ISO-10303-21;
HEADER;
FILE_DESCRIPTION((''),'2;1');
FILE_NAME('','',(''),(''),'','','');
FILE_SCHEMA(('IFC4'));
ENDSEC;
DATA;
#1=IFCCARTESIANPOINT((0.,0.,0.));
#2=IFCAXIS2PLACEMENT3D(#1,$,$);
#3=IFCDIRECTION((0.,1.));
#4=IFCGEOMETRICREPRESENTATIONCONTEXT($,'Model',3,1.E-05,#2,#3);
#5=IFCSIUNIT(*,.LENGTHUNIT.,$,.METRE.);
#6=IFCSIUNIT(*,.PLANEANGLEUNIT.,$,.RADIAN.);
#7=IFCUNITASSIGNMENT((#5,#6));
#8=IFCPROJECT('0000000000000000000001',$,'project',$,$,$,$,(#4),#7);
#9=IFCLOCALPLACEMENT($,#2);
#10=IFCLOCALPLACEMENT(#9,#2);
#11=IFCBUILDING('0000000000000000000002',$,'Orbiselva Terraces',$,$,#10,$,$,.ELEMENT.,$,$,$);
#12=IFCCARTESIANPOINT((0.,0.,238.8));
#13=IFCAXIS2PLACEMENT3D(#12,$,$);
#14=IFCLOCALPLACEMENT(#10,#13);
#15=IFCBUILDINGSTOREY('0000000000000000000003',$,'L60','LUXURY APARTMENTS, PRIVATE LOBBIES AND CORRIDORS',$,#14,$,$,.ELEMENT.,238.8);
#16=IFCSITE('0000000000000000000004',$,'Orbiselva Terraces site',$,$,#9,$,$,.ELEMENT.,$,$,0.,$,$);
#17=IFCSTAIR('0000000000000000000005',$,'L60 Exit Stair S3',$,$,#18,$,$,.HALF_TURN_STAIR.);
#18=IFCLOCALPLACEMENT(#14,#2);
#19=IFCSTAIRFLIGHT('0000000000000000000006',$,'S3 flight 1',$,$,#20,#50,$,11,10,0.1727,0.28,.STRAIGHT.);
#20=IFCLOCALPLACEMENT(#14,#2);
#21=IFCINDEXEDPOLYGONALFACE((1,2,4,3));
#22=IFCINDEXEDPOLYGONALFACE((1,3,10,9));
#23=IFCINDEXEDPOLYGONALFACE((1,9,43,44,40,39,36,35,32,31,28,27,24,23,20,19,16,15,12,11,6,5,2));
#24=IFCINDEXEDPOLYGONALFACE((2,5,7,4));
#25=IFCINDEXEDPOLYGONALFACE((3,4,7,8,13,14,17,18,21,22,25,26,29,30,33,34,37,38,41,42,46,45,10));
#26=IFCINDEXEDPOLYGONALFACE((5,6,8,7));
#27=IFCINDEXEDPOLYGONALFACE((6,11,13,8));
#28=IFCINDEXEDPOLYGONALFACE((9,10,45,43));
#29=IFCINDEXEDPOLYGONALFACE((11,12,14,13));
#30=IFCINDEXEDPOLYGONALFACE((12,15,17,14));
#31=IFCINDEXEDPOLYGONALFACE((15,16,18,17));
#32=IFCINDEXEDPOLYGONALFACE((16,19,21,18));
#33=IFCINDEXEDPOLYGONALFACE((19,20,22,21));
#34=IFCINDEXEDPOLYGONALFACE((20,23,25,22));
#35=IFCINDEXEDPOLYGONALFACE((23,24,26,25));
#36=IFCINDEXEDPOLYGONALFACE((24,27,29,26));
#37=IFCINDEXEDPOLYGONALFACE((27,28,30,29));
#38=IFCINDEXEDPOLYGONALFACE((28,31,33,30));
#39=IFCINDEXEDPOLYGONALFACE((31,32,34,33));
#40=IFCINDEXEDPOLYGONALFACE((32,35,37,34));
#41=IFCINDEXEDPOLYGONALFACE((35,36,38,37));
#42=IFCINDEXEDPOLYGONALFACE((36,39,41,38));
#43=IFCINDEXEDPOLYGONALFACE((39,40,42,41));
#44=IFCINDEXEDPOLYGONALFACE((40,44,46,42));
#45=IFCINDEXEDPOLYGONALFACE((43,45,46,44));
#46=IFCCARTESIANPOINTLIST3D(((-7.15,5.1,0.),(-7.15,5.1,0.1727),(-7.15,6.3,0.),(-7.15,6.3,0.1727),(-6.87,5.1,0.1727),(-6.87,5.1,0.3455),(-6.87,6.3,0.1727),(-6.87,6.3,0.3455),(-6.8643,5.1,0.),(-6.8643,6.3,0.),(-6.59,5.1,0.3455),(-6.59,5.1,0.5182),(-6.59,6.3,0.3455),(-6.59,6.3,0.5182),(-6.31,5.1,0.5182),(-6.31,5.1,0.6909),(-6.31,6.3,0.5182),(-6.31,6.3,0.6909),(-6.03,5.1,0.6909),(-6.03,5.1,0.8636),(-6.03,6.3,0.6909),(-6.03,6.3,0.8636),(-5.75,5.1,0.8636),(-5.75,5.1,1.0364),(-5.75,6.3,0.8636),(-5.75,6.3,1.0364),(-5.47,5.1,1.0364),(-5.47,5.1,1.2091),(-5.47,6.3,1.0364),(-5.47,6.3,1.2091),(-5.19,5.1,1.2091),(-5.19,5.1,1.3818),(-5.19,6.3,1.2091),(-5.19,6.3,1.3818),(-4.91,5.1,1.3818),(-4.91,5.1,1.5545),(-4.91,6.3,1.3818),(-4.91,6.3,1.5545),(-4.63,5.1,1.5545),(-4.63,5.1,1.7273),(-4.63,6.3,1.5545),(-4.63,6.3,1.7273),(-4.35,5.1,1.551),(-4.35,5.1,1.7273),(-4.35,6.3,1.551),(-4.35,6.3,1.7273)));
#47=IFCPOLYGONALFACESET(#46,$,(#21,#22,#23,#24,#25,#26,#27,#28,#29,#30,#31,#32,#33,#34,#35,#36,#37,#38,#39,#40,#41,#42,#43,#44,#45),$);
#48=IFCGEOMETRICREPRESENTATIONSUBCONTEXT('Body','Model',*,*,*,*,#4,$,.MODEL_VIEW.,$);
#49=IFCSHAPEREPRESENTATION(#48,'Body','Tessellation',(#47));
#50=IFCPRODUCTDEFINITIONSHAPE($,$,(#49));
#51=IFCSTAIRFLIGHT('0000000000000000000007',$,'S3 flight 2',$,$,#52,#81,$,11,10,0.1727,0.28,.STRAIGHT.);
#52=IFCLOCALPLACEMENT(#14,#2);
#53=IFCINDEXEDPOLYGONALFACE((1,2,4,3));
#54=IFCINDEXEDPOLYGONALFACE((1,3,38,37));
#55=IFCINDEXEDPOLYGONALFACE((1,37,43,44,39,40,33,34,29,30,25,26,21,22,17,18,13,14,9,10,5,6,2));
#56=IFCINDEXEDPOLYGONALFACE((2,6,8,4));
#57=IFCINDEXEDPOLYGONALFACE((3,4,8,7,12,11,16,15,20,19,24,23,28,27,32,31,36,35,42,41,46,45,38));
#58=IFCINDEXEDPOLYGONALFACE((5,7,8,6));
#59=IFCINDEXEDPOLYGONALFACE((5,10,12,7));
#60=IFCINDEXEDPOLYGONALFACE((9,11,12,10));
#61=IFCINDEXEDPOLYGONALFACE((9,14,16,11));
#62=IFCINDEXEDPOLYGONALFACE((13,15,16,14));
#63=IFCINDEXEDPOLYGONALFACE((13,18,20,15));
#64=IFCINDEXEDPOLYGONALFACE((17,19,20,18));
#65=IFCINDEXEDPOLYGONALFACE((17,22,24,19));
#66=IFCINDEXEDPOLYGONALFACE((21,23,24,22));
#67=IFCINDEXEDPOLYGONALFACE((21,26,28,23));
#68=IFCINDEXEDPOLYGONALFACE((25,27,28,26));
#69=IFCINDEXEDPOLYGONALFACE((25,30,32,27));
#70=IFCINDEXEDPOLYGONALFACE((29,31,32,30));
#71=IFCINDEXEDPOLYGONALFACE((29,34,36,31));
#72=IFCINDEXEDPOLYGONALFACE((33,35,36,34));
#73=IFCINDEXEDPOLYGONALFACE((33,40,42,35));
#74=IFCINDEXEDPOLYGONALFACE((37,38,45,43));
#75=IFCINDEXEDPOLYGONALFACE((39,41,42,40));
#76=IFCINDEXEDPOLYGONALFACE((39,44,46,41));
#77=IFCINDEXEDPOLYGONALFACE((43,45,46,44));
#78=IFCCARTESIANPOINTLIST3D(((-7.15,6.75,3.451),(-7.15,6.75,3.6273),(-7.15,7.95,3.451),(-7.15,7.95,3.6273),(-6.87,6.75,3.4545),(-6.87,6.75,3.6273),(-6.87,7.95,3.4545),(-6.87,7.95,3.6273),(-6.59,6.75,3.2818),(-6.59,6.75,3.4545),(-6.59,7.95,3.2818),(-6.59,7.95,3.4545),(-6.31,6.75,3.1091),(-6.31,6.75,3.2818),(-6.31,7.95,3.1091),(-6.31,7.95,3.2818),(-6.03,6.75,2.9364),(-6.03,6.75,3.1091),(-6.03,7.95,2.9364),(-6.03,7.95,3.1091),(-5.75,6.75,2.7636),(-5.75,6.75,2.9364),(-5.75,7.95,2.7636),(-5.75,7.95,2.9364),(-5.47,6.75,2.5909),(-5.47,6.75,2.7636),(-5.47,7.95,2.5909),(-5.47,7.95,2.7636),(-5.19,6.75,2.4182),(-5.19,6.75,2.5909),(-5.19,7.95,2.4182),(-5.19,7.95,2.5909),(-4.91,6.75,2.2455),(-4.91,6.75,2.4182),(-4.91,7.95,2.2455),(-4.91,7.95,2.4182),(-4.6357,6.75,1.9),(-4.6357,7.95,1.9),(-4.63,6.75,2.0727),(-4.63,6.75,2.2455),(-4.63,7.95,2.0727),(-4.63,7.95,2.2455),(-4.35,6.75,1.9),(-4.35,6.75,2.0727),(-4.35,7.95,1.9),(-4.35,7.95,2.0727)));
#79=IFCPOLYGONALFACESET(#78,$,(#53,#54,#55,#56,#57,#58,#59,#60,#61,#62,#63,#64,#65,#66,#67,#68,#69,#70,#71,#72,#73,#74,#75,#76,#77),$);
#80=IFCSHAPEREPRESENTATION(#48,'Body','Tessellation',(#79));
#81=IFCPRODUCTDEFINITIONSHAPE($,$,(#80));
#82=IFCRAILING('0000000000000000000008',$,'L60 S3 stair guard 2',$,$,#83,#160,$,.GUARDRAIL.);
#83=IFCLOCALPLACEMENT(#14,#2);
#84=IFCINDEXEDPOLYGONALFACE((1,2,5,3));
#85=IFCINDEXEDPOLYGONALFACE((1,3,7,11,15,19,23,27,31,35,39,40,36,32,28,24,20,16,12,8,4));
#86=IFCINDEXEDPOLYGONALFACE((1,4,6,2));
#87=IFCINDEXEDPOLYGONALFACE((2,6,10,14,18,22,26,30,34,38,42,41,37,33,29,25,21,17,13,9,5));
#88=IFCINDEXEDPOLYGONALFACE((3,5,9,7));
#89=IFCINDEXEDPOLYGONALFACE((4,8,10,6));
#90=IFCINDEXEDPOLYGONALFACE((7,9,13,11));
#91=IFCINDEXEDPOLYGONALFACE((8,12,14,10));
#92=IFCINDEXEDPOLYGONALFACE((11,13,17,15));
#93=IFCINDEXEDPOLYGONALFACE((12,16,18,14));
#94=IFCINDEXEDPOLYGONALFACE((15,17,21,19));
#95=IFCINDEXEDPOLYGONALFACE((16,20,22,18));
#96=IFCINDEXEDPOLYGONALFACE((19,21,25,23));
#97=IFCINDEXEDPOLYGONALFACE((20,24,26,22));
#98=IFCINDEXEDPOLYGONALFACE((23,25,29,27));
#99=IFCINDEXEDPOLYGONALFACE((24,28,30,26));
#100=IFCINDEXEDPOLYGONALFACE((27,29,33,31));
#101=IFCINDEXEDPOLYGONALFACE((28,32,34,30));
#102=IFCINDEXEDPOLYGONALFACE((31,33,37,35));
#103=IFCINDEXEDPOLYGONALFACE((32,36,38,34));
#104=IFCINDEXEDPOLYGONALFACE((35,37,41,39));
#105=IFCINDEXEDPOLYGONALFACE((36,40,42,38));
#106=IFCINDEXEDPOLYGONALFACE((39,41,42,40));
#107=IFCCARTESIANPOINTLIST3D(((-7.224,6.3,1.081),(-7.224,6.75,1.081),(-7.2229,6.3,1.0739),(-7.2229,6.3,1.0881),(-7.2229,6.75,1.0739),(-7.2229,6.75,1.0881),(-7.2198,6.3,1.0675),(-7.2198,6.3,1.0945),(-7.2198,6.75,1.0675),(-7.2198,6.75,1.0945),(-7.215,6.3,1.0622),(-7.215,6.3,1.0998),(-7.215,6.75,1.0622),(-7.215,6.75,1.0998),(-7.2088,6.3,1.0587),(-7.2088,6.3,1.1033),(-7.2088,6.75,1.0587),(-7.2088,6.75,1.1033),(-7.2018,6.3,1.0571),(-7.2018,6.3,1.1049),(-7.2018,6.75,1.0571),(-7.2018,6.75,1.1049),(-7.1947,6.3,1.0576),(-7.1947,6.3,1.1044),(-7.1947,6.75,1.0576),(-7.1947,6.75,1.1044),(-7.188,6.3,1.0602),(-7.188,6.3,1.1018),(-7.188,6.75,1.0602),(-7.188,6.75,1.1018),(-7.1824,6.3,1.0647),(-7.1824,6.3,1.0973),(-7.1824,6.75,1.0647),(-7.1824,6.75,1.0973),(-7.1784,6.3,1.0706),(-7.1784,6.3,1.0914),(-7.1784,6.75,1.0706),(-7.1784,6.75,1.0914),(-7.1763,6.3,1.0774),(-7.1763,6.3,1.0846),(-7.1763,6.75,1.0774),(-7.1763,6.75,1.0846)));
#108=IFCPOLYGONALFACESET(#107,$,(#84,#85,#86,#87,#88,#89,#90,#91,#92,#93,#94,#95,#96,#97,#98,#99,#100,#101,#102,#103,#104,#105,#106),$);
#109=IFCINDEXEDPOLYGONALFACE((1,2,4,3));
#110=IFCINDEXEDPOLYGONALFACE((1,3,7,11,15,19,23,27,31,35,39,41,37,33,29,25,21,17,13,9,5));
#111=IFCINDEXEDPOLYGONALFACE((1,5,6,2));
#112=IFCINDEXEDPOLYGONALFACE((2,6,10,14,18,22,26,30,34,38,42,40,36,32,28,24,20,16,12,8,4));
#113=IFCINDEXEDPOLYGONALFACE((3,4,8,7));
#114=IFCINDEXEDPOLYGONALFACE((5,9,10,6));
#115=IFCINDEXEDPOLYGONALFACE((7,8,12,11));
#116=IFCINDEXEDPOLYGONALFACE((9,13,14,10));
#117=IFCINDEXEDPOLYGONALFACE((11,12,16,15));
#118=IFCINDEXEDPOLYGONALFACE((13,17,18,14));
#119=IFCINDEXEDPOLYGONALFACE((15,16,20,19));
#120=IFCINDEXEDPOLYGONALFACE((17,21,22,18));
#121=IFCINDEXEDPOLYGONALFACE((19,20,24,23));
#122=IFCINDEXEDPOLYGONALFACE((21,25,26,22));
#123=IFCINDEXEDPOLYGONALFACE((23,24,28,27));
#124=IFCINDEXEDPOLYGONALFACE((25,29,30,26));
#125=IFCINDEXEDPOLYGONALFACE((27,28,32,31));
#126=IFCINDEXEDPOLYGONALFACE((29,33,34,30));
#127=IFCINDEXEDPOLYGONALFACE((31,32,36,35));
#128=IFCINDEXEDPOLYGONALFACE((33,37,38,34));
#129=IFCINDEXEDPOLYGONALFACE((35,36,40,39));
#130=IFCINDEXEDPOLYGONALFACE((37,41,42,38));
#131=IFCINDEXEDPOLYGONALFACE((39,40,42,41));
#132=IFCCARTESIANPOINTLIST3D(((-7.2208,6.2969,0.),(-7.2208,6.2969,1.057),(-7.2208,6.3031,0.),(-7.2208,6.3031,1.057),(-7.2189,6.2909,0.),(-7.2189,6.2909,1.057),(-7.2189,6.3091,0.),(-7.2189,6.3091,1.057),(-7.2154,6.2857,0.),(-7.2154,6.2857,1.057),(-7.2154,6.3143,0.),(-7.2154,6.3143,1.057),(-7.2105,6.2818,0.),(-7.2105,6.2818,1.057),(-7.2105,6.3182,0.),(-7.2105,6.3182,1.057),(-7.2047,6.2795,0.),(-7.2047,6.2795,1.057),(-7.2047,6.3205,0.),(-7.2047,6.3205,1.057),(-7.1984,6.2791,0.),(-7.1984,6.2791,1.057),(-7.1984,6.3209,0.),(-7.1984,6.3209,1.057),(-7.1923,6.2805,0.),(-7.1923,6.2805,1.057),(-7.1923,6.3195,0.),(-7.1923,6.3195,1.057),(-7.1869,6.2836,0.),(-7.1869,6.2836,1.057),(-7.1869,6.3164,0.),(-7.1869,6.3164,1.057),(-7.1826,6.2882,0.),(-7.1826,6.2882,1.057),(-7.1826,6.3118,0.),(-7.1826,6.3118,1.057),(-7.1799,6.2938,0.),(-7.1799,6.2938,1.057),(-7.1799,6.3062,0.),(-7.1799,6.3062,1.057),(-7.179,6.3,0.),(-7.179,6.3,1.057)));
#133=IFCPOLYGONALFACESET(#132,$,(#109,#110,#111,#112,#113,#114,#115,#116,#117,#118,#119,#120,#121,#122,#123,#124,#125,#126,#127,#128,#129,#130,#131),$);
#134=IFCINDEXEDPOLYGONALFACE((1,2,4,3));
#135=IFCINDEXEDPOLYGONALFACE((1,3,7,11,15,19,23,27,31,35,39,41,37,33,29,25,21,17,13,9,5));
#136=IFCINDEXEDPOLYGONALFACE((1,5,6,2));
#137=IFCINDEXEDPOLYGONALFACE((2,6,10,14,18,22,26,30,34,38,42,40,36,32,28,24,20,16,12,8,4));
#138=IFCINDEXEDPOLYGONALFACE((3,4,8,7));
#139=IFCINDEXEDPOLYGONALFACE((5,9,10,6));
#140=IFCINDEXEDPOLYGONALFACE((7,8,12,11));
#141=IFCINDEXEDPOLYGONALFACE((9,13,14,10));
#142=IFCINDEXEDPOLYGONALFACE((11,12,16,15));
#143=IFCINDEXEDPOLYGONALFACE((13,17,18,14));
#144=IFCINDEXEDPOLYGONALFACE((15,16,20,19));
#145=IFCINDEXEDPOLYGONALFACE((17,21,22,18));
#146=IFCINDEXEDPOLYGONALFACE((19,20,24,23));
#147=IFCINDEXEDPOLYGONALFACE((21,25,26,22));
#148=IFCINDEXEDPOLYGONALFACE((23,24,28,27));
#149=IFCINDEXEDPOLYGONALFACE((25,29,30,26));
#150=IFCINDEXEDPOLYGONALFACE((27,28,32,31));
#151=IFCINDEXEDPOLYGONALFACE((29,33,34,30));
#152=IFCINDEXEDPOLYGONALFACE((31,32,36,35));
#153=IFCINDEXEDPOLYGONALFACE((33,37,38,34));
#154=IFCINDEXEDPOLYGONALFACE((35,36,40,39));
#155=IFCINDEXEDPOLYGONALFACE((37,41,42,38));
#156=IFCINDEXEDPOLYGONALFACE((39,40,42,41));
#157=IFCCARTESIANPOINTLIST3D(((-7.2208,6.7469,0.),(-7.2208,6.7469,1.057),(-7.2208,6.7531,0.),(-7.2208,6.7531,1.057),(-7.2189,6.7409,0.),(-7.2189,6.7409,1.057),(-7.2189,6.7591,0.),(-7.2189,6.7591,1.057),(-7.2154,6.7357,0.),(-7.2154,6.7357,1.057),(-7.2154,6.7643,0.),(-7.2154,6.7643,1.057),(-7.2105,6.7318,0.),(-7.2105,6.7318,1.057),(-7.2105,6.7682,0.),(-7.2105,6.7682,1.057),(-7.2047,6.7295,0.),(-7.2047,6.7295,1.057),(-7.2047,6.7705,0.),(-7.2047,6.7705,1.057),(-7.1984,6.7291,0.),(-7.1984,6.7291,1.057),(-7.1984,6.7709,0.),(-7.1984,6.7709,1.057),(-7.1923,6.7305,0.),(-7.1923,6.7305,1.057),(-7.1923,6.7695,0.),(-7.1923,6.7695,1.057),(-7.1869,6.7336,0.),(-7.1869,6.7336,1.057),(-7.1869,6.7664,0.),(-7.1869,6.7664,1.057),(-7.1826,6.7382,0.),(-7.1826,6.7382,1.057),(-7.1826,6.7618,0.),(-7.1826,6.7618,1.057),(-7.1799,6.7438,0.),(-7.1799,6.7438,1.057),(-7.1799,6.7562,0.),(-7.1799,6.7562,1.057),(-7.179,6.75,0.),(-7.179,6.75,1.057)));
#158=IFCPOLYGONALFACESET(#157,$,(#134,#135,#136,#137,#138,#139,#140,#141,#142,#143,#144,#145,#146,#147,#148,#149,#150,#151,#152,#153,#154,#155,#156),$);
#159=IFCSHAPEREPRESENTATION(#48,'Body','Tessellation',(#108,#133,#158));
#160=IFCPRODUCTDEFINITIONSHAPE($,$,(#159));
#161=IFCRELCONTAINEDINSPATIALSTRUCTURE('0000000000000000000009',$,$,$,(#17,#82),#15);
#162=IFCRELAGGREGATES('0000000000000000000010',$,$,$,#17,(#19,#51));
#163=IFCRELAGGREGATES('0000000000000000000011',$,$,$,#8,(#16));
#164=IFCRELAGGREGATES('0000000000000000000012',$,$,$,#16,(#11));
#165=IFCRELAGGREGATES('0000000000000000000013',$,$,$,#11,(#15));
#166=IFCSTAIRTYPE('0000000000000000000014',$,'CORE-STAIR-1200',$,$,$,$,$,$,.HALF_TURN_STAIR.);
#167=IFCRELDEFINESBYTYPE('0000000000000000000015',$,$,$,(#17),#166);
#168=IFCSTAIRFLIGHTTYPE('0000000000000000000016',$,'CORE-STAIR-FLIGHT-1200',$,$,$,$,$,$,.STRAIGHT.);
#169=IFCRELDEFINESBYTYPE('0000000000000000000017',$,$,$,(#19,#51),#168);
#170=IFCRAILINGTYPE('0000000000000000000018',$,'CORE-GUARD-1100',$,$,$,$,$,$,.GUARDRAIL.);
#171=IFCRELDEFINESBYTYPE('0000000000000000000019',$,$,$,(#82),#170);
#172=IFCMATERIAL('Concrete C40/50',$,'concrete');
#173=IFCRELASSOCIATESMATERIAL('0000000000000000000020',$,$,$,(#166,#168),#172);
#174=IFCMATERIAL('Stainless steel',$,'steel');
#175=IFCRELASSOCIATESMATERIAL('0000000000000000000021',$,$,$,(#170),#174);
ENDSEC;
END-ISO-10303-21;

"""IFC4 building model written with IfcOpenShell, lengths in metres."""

from ifc_helpers import new_model, si_unit, direction, frame, origin, origin_2d, place, context, subcontext, project, spatial, polyline, circle, outline, extrude, material, type_object, element, aggregate, save


model = new_model("IFC4")

# Units and contexts
model_context = context("Model", 3, precision=1e-05, world=origin(), true_north=direction((0.0, 1.0)))
body_context = subcontext(model_context, "Body", "Model", "MODEL_VIEW")
ifc_project = project(units=[si_unit("LENGTHUNIT", "METRE"), si_unit("PLANEANGLEUNIT", "RADIAN")], contexts=[model_context])

# Site, building, storey
site_placement = place(None, origin())
site = spatial("IfcSite", under=ifc_project, at=site_placement, Name="Orbiselva Terraces site", CompositionType="ELEMENT", RefElevation=0.0)
building_placement = place(site_placement, origin())
building = spatial("IfcBuilding", under=site, at=building_placement, Name="Orbiselva Terraces", CompositionType="ELEMENT")
storey_placement = place(building_placement, frame((0.0, 0.0, 238.8)))
storey = spatial("IfcBuildingStorey", under=building, at=storey_placement, Name="L60", Description="LUXURY APARTMENTS, PRIVATE LOBBIES AND CORRIDORS", CompositionType="ELEMENT", Elevation=238.8)

# Shared definitions
ifc_material_1 = material(Name="Concrete C40/50", Category="concrete")

# Stair, stair flights
stair_type = type_object("IfcStairType", Name="CORE-STAIR-1200", PredefinedType="HALF_TURN_STAIR", material=ifc_material_1)
stair_placement = place(storey_placement, origin())
stair = element("IfcStair", 1, at=stair_placement, inside=storey, type_object=stair_type, Name="L60 Exit Stair S3", PredefinedType="HALF_TURN_STAIR")
stair_flight_type = type_object("IfcStairFlightType", Name="CORE-STAIR-FLIGHT-1200", PredefinedType="STRAIGHT", material=ifc_material_1)
stair_flight_1_placement = place(storey_placement, frame((-7.15, 5.7, 0.0), z_axis=(0.0, 0.0, 1.0), x_axis=(1.0, 0.0, 0.0)))
stair_flight_1 = element("IfcStairFlight", 2, at=stair_flight_1_placement, type_object=stair_flight_type, Name="S3 flight 1", NumberOfRisers=11, NumberOfTreads=10, PredefinedType="STRAIGHT", RiserHeight=0.1727, TreadLength=0.28, context=body_context, shape_type="SweptSolid", body=[
    extrude(outline(polyline([(0.0, 0.0), (0.0, 0.1727), (0.28, 0.1727), (0.28, 0.3455), (0.56, 0.3455), (0.56, 0.5182), (0.84, 0.5182), (0.84, 0.6909), (1.12, 0.6909), (1.12, 0.8636), (1.4, 0.8636), (1.4, 1.0364), (1.68, 1.0364), (1.68, 1.2091), (1.96, 1.2091), (1.96, 1.3818), (2.24, 1.3818), (2.24, 1.5545), (2.52, 1.5545), (2.52, 1.7273), (2.8, 1.7273), (2.8, 1.9), (2.8, 1.551), (0.2857, 0.0), (0.0, 0.0)])), frame((0.0, 0.6, 0.0), z_axis=(0.0, -1.0, 0.0), x_axis=(1.0, 0.0, 0.0)), (0.0, 0.0, 1.0), 1.2),
])
stair_flight_2_placement = place(storey_placement, frame((-4.35, 7.35, 1.9), z_axis=(0.0, 0.0, 1.0), x_axis=(-1.0, 0.0, 0.0)))
stair_flight_2 = element("IfcStairFlight", 3, at=stair_flight_2_placement, type_object=stair_flight_type, Name="S3 flight 2", NumberOfRisers=11, NumberOfTreads=10, PredefinedType="STRAIGHT", RiserHeight=0.1727, TreadLength=0.28, context=body_context, shape_type="SweptSolid", body=[
    extrude(outline(polyline([(0.0, 0.0), (0.0, 0.1727), (0.28, 0.1727), (0.28, 0.3455), (0.56, 0.3455), (0.56, 0.5182), (0.84, 0.5182), (0.84, 0.6909), (1.12, 0.6909), (1.12, 0.8636), (1.4, 0.8636), (1.4, 1.0364), (1.68, 1.0364), (1.68, 1.2091), (1.96, 1.2091), (1.96, 1.3818), (2.24, 1.3818), (2.24, 1.5545), (2.52, 1.5545), (2.52, 1.7273), (2.8, 1.7273), (2.8, 1.9), (2.8, 1.551), (0.2857, 0.0), (0.0, 0.0)])), frame((0.0, 0.6, 0.0), z_axis=(0.0, -1.0, 0.0), x_axis=(1.0, 0.0, 0.0)), (0.0, 0.0, 1.0), 1.2),
])
aggregate(stair, [stair_flight_1, stair_flight_2])

# Railing
ifc_material_2 = material(Name="Stainless steel", Category="steel")
railing_type_1 = type_object("IfcRailingType", Name="CORE-GUARD-1100", PredefinedType="GUARDRAIL", material=ifc_material_2)
railing_1_placement = place(storey_placement, frame((-7.2, 6.3, 0.0)))
element("IfcRailing", 4, at=railing_1_placement, inside=storey, type_object=railing_type_1, Name="L60 S3 stair guard 2", PredefinedType="GUARDRAIL", context=body_context, shape_type="SweptSolid", body=[
    extrude(circle(Radius=0.024, at=origin_2d()), frame((0.0, 0.0, 1.081), z_axis=(0.0, 1.0, 0.0), x_axis=(-1.0, 0.0, 0.0)), (0.0, 0.0, 1.0), 0.45),
    extrude(circle(Radius=0.021, at=origin_2d()), origin(), (0.0, 0.0, 1.0), 1.057),
    extrude(circle(Radius=0.021, at=origin_2d()), frame((0.0, 0.45, 0.0)), (0.0, 0.0, 1.0), 1.057),
])

save(model, "model.ifc")
